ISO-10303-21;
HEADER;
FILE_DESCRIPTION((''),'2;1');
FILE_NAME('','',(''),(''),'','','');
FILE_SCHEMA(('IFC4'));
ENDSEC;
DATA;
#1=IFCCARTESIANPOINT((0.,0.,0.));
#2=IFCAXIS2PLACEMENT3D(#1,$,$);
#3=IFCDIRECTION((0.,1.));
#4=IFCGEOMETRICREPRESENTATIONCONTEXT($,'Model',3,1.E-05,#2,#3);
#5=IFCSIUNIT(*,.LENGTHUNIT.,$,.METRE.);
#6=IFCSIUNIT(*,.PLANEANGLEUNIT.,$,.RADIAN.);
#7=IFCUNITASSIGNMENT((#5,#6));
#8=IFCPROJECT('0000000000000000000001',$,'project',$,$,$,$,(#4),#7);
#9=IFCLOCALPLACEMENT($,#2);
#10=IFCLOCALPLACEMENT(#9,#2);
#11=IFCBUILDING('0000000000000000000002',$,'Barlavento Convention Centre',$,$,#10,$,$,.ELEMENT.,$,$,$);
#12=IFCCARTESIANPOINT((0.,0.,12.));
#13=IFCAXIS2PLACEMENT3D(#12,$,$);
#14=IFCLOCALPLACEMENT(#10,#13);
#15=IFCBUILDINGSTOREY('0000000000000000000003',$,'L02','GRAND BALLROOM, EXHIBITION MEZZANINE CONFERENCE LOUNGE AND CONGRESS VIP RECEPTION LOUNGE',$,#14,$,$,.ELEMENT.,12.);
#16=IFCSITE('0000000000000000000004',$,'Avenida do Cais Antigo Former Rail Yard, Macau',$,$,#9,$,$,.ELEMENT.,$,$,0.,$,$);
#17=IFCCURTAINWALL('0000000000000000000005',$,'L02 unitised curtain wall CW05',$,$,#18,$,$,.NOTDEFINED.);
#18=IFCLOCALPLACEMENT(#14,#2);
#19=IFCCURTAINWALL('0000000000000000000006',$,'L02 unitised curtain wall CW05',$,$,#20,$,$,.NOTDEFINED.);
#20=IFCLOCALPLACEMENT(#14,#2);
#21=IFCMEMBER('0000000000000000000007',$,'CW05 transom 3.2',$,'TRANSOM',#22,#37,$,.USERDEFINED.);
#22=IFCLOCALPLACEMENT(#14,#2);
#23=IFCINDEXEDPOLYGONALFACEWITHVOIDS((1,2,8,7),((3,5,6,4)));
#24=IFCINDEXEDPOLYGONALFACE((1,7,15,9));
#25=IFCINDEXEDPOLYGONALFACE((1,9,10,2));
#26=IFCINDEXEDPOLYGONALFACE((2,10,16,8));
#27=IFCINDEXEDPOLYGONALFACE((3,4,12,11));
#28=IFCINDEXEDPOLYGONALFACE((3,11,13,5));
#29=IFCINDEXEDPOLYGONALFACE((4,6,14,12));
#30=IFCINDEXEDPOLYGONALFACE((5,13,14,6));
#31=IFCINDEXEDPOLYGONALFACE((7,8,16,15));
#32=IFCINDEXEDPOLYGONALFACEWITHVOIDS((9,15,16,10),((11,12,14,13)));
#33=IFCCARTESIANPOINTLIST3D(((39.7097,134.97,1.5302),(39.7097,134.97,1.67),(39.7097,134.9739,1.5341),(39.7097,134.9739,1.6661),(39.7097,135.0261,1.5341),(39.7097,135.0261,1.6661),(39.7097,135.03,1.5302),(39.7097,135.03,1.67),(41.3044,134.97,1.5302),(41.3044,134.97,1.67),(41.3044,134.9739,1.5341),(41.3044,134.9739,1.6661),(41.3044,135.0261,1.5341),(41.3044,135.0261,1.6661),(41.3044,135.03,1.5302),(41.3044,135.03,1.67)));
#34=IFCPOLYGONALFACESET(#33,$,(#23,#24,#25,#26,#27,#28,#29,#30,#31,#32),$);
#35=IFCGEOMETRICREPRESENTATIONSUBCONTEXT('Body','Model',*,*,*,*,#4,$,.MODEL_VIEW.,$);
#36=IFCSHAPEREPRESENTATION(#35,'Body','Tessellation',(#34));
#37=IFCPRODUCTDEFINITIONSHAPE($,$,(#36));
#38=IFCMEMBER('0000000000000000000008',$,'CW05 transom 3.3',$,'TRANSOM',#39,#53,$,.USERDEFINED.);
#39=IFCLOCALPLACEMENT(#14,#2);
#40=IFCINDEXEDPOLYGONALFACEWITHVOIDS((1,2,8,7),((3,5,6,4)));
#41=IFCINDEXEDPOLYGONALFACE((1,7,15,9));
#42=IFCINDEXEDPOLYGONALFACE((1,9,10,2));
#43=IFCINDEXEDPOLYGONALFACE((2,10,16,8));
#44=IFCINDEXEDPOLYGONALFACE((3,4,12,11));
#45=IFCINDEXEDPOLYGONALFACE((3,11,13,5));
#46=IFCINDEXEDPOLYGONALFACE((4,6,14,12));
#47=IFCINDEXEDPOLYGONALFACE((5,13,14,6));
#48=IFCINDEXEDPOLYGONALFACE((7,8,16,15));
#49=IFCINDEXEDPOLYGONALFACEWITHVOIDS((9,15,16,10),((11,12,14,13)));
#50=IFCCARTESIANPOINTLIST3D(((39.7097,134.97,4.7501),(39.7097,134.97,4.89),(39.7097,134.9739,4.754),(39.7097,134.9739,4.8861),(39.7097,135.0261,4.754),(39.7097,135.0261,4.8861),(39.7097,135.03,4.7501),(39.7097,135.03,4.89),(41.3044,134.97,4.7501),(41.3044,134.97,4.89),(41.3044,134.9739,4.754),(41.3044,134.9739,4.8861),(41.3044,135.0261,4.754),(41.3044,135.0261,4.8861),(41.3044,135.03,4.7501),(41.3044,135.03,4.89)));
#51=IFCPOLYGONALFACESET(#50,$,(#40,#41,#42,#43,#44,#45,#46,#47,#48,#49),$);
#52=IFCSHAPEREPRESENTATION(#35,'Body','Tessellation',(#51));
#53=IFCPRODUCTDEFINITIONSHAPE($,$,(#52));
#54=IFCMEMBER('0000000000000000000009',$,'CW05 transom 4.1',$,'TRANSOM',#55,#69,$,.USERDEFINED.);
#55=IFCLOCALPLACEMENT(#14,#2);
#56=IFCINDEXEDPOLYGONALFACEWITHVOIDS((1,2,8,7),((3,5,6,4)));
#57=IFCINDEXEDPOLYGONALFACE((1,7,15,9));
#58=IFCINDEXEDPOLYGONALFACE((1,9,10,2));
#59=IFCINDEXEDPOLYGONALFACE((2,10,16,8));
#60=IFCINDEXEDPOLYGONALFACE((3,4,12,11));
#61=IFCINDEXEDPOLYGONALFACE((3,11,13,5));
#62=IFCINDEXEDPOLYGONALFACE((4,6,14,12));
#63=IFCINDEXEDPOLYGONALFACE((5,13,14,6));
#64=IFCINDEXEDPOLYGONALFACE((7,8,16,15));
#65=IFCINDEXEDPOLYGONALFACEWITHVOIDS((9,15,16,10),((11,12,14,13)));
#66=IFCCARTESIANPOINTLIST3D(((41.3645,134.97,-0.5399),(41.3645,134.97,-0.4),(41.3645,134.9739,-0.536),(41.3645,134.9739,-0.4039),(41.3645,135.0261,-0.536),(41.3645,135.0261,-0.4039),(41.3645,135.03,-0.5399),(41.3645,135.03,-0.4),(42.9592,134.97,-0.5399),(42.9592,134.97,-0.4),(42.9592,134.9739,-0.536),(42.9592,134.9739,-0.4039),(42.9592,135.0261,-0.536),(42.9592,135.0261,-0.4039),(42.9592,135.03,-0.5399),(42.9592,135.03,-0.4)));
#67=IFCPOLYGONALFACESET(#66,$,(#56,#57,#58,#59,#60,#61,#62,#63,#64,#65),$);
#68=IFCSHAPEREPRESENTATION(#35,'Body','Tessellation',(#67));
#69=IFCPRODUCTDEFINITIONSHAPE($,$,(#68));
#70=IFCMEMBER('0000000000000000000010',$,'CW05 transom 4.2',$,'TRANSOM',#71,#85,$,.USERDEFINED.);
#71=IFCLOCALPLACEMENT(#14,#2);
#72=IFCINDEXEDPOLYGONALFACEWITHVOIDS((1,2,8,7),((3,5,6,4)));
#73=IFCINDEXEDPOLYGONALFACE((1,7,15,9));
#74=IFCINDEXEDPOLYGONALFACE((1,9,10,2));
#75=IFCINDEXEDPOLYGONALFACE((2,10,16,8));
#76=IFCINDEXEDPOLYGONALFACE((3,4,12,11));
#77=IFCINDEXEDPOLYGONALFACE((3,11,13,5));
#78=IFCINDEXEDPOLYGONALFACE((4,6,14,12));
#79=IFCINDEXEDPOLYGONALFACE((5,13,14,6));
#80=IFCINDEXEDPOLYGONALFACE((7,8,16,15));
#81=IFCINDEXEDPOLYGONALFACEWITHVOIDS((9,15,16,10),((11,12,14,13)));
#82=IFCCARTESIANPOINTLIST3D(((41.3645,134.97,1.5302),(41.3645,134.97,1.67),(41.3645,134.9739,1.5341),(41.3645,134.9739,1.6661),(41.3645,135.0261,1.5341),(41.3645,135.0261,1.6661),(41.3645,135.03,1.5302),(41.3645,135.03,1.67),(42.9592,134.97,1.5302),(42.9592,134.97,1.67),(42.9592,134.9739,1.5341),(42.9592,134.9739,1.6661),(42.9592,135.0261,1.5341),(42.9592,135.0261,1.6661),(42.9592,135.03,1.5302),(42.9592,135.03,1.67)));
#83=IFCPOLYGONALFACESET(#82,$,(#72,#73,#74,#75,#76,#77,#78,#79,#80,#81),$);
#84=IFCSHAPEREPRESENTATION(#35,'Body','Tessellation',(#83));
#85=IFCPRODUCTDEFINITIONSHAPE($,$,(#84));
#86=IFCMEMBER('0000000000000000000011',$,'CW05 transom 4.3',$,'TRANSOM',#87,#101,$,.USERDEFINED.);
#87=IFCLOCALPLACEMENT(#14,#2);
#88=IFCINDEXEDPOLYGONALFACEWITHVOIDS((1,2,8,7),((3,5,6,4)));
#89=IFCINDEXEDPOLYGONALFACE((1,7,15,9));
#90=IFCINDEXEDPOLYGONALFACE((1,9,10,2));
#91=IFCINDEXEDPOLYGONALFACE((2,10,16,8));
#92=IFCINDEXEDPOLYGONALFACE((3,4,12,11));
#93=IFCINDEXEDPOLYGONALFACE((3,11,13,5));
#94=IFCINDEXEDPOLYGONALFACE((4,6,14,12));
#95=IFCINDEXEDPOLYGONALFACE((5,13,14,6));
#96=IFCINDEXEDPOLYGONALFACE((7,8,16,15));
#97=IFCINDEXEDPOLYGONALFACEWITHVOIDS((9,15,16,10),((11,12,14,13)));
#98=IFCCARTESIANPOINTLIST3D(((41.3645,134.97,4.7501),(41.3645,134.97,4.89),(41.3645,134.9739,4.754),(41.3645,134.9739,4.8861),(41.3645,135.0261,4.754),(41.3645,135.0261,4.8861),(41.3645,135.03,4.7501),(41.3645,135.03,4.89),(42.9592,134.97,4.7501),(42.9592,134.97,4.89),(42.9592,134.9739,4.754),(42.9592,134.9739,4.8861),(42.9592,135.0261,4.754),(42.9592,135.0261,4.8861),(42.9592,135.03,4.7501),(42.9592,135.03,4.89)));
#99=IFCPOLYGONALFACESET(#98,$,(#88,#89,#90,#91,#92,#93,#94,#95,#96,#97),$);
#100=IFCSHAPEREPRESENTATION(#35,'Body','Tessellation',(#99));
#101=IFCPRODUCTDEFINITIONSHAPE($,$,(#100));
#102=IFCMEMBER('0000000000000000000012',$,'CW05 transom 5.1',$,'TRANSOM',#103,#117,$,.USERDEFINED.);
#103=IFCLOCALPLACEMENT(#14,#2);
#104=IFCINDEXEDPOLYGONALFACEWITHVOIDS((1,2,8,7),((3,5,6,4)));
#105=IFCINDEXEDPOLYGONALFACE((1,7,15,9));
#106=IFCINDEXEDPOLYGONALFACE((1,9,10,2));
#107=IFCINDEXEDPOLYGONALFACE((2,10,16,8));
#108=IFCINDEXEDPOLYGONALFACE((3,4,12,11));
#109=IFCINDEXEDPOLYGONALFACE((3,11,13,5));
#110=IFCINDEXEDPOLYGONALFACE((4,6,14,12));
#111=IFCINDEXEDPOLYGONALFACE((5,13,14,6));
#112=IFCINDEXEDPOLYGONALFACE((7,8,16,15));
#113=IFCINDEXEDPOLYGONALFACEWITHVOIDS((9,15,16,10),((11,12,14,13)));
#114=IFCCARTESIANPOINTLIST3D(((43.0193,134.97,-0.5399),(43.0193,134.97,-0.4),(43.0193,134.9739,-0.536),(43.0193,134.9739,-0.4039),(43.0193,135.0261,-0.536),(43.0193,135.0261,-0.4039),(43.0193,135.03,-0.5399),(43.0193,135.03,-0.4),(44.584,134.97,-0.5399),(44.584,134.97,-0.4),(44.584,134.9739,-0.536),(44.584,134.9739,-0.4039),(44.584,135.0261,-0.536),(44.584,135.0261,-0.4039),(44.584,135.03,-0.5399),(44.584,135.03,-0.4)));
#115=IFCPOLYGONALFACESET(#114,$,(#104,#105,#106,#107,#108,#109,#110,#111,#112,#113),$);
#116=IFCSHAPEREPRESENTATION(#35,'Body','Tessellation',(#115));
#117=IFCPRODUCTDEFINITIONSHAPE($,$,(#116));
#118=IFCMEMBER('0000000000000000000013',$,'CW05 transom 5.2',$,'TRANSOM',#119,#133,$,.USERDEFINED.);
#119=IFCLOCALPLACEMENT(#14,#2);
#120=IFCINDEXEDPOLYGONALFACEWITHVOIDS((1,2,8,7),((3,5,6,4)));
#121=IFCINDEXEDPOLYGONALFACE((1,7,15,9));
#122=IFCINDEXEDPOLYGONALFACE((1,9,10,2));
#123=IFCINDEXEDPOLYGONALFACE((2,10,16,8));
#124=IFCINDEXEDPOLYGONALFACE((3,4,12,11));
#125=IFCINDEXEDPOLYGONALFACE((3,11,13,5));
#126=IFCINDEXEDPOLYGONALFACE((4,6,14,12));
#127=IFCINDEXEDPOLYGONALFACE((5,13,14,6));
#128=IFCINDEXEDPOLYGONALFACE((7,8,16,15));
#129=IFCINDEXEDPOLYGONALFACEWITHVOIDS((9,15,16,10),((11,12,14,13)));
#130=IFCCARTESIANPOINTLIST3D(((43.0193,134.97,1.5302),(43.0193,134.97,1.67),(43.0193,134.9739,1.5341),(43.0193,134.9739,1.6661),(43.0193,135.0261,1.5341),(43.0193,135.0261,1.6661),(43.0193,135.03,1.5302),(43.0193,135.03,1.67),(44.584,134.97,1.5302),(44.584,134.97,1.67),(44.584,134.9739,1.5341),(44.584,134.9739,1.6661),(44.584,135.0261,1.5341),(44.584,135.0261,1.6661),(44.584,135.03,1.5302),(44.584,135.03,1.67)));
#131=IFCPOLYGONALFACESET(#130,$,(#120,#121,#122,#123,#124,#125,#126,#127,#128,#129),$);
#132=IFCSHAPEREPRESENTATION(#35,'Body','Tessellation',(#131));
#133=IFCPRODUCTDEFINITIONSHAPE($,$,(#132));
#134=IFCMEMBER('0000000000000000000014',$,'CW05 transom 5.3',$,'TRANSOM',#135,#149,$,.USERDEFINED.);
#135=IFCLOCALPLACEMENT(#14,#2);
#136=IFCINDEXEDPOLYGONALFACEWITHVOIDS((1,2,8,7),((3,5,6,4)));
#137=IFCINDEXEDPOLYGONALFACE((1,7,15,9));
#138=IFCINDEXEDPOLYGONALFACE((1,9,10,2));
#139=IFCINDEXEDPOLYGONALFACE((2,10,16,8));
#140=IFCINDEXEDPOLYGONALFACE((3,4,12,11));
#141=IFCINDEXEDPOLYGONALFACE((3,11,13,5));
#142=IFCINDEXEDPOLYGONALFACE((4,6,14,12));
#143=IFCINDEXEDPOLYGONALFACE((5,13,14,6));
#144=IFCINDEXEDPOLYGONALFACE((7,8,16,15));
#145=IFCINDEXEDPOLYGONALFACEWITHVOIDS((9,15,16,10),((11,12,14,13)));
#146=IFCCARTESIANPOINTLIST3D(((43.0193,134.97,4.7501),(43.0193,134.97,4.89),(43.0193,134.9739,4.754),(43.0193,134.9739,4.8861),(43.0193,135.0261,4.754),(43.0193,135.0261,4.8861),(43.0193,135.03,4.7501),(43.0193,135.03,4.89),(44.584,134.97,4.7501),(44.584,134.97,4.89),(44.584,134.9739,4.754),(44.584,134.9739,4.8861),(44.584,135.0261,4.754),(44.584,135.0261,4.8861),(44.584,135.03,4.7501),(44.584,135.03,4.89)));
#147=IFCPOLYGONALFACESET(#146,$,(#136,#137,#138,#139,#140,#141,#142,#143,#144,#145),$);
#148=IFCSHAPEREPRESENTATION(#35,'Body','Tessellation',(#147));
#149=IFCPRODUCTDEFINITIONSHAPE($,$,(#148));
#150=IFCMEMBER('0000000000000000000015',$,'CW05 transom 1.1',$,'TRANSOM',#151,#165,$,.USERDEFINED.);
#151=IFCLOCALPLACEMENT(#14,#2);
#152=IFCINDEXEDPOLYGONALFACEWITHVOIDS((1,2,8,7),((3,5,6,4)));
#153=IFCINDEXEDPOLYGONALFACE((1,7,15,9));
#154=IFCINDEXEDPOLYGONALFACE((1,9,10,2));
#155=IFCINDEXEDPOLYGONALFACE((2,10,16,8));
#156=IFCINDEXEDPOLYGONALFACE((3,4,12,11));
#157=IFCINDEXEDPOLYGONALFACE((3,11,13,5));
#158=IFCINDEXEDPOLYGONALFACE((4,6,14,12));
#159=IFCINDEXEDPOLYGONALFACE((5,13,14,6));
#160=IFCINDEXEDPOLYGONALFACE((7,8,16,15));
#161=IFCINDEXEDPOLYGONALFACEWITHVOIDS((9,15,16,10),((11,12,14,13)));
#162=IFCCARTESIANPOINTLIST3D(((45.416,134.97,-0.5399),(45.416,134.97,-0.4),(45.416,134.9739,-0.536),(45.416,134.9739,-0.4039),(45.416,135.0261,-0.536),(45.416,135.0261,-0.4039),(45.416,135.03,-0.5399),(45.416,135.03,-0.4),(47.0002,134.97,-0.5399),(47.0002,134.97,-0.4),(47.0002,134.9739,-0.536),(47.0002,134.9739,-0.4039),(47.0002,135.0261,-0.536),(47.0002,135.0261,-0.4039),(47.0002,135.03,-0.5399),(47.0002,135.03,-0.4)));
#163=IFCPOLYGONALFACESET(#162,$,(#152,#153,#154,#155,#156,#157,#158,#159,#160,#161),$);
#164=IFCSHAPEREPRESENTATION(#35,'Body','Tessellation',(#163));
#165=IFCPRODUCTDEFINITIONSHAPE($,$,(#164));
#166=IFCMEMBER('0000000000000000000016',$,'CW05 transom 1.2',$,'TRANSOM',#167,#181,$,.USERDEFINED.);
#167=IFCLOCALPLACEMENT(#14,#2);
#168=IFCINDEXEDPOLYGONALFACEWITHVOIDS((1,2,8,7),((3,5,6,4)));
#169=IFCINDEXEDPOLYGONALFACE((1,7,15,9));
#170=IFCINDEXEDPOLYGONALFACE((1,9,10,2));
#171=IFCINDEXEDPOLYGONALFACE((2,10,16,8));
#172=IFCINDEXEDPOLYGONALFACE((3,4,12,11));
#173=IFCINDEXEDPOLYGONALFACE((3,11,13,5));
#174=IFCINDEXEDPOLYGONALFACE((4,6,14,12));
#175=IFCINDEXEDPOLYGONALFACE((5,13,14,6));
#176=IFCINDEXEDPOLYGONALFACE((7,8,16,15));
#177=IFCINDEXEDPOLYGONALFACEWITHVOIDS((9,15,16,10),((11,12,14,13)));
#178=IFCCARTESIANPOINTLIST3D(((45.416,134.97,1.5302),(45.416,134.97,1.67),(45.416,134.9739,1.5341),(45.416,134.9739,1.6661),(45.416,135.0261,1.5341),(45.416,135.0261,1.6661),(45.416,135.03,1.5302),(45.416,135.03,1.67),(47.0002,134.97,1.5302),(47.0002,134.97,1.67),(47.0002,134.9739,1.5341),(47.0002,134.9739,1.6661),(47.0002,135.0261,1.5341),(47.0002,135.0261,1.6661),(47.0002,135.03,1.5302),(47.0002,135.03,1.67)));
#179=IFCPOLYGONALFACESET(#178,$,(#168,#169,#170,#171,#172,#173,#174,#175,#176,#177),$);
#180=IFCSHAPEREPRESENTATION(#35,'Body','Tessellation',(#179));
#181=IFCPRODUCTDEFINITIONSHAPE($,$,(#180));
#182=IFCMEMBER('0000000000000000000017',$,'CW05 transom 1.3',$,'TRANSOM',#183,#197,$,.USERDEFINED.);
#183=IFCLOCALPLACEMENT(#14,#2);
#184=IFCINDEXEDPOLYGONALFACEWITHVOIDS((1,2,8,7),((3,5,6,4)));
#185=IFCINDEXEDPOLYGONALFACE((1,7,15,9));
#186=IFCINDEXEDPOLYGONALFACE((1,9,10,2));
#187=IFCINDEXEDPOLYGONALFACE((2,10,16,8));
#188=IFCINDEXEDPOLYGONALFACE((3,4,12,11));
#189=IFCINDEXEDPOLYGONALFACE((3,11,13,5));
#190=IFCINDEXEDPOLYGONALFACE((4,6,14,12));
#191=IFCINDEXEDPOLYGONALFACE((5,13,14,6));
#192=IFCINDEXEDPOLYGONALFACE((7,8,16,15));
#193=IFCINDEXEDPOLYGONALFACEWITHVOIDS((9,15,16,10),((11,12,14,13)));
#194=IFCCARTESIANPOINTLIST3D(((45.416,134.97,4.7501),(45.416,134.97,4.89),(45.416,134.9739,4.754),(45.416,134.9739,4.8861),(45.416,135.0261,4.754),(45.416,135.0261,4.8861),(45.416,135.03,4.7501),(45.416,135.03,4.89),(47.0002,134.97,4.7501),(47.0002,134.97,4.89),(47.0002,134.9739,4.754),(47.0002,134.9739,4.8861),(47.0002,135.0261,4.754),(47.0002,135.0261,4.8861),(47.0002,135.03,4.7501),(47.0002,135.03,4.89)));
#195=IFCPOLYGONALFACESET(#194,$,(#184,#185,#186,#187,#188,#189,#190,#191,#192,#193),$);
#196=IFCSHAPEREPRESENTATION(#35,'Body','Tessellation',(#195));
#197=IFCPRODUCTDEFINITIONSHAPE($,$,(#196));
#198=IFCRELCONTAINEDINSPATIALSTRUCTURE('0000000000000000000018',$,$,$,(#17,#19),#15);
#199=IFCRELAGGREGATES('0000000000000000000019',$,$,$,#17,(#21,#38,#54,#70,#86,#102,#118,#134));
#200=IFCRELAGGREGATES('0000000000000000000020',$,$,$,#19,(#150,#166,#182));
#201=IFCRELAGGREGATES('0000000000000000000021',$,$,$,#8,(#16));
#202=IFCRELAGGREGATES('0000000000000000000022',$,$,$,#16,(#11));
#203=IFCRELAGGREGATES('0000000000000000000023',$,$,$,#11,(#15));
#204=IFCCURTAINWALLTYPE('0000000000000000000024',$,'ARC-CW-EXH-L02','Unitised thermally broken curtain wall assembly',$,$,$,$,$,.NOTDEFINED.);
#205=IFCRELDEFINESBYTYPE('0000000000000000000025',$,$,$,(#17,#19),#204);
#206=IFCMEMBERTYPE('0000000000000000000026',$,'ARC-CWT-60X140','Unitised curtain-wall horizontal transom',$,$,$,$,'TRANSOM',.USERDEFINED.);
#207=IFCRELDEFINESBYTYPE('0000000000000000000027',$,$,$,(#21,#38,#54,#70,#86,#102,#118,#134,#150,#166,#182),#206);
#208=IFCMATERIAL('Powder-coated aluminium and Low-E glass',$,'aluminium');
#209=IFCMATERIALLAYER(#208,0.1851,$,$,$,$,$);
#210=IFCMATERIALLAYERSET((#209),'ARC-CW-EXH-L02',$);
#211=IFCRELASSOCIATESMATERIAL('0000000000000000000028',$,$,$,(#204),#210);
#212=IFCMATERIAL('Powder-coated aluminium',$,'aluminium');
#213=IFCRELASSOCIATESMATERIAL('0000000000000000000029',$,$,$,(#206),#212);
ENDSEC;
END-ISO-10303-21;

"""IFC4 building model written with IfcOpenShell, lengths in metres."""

from ifc_helpers import new_model, si_unit, direction, frame, origin, origin_2d, place, context, subcontext, project, spatial, hollow_rectangle, extrude, material, layer, layer_set, material_profile, profile_set, type_object, element, aggregate, save


model = new_model("IFC4")

# Units and contexts
model_context = context("Model", 3, precision=1e-05, world=origin(), true_north=direction((0.0, 1.0)))
body_context = subcontext(model_context, "Body", "Model", "MODEL_VIEW")
ifc_project = project(units=[si_unit("LENGTHUNIT", "METRE"), si_unit("PLANEANGLEUNIT", "RADIAN")], contexts=[model_context])

# Site, building, storey
site_placement = place(None, origin())
site = spatial("IfcSite", under=ifc_project, at=site_placement, Name="Avenida do Cais Antigo Former Rail Yard, Macau", CompositionType="ELEMENT", RefElevation=0.0)
building_placement = place(site_placement, origin())
building = spatial("IfcBuilding", under=site, at=building_placement, Name="Barlavento Convention Centre", CompositionType="ELEMENT")
storey_placement = place(building_placement, frame((0.0, 0.0, 12.0)))
storey = spatial("IfcBuildingStorey", under=building, at=storey_placement, Name="L02", Description="GRAND BALLROOM, EXHIBITION MEZZANINE CONFERENCE LOUNGE AND CONGRESS VIP RECEPTION LOUNGE", CompositionType="ELEMENT", Elevation=12.0)

# Curtain walls
ifc_material_1 = material(Name="Powder-coated aluminium and Low-E glass", Category="aluminium")
ifc_layer_1 = layer(ifc_material_1, 0.1851)
ifc_layer_set_1 = layer_set([ifc_layer_1], Name="ARC-CW-EXH-L02")
curtain_wall_type = type_object("IfcCurtainWallType", Name="ARC-CW-EXH-L02", Description="Unitised thermally broken curtain wall assembly", PredefinedType="NOTDEFINED", material=ifc_layer_set_1)
curtain_wall_1_placement = place(storey_placement, origin())
curtain_wall_1 = element("IfcCurtainWall", 1, at=curtain_wall_1_placement, inside=storey, type_object=curtain_wall_type, Name="L02 unitised curtain wall CW05", PredefinedType="NOTDEFINED")
ifc_material_2 = material(Name="Powder-coated aluminium", Category="aluminium")
curtain_wall_2_placement = place(storey_placement, origin())
curtain_wall_2 = element("IfcCurtainWall", 2, at=curtain_wall_2_placement, inside=storey, type_object=curtain_wall_type, Name="L02 unitised curtain wall CW05", PredefinedType="NOTDEFINED")

# Members
ifc_material_profile_1 = material_profile(ifc_material_2, hollow_rectangle(XDim=0.0601, YDim=0.1399, WallThickness=0.0039, at=origin_2d()), Name="AL-TRAN 60x140x4")
ifc_profile_set_1 = profile_set([ifc_material_profile_1], Name="Powder-coated aluminium")
member_type_1 = type_object("IfcMemberType", Name="ARC-CWT-60X140", Description="Unitised curtain-wall horizontal transom", ElementType="TRANSOM", PredefinedType="USERDEFINED", material=ifc_profile_set_1)
member_1_placement = place(storey_placement, frame((39.7097, 135.0, 1.6001), z_axis=(1.0, 0.0, 0.0), x_axis=(0.0, 1.0, 0.0)))
member_1 = element("IfcMember", 3, at=member_1_placement, type_object=member_type_1, Name="CW05 transom 3.2", ObjectType="TRANSOM", PredefinedType="USERDEFINED", context=body_context, shape_type="SweptSolid", body=[
    extrude(hollow_rectangle(XDim=0.0601, YDim=0.1399, WallThickness=0.0039, at=origin_2d()), origin(), (0.0, 0.0, 1.0), 1.5947),
])
member_2_placement = place(storey_placement, frame((39.7097, 135.0, 4.8201), z_axis=(1.0, 0.0, 0.0), x_axis=(0.0, 1.0, 0.0)))
member_2 = element("IfcMember", 4, at=member_2_placement, type_object=member_type_1, Name="CW05 transom 3.3", ObjectType="TRANSOM", PredefinedType="USERDEFINED", context=body_context, shape_type="SweptSolid", body=[
    extrude(hollow_rectangle(XDim=0.0601, YDim=0.1399, WallThickness=0.0039, at=origin_2d()), origin(), (0.0, 0.0, 1.0), 1.5947),
])
member_3_placement = place(storey_placement, frame((41.3645, 135.0, -0.47), z_axis=(1.0, 0.0, 0.0), x_axis=(0.0, 1.0, 0.0)))
member_3 = element("IfcMember", 5, at=member_3_placement, type_object=member_type_1, Name="CW05 transom 4.1", ObjectType="TRANSOM", PredefinedType="USERDEFINED", context=body_context, shape_type="SweptSolid", body=[
    extrude(hollow_rectangle(XDim=0.0601, YDim=0.1399, WallThickness=0.0039, at=origin_2d()), origin(), (0.0, 0.0, 1.0), 1.5947),
])
member_4_placement = place(storey_placement, frame((41.3645, 135.0, 1.6001), z_axis=(1.0, 0.0, 0.0), x_axis=(0.0, 1.0, 0.0)))
member_4 = element("IfcMember", 6, at=member_4_placement, type_object=member_type_1, Name="CW05 transom 4.2", ObjectType="TRANSOM", PredefinedType="USERDEFINED", context=body_context, shape_type="SweptSolid", body=[
    extrude(hollow_rectangle(XDim=0.0601, YDim=0.1399, WallThickness=0.0039, at=origin_2d()), origin(), (0.0, 0.0, 1.0), 1.5947),
])
member_5_placement = place(storey_placement, frame((41.3645, 135.0, 4.8201), z_axis=(1.0, 0.0, 0.0), x_axis=(0.0, 1.0, 0.0)))
member_5 = element("IfcMember", 7, at=member_5_placement, type_object=member_type_1, Name="CW05 transom 4.3", ObjectType="TRANSOM", PredefinedType="USERDEFINED", context=body_context, shape_type="SweptSolid", body=[
    extrude(hollow_rectangle(XDim=0.0601, YDim=0.1399, WallThickness=0.0039, at=origin_2d()), origin(), (0.0, 0.0, 1.0), 1.5947),
])
member_6_placement = place(storey_placement, frame((43.0193, 135.0, -0.47), z_axis=(1.0, 0.0, 0.0), x_axis=(0.0, 1.0, 0.0)))
member_6 = element("IfcMember", 8, at=member_6_placement, type_object=member_type_1, Name="CW05 transom 5.1", ObjectType="TRANSOM", PredefinedType="USERDEFINED", context=body_context, shape_type="SweptSolid", body=[
    extrude(hollow_rectangle(XDim=0.0601, YDim=0.1399, WallThickness=0.0039, at=origin_2d()), origin(), (0.0, 0.0, 1.0), 1.5647),
])
member_7_placement = place(storey_placement, frame((43.0193, 135.0, 1.6001), z_axis=(1.0, 0.0, 0.0), x_axis=(0.0, 1.0, 0.0)))
member_7 = element("IfcMember", 9, at=member_7_placement, type_object=member_type_1, Name="CW05 transom 5.2", ObjectType="TRANSOM", PredefinedType="USERDEFINED", context=body_context, shape_type="SweptSolid", body=[
    extrude(hollow_rectangle(XDim=0.0601, YDim=0.1399, WallThickness=0.0039, at=origin_2d()), origin(), (0.0, 0.0, 1.0), 1.5647),
])
member_8_placement = place(storey_placement, frame((43.0193, 135.0, 4.8201), z_axis=(1.0, 0.0, 0.0), x_axis=(0.0, 1.0, 0.0)))
member_8 = element("IfcMember", 10, at=member_8_placement, type_object=member_type_1, Name="CW05 transom 5.3", ObjectType="TRANSOM", PredefinedType="USERDEFINED", context=body_context, shape_type="SweptSolid", body=[
    extrude(hollow_rectangle(XDim=0.0601, YDim=0.1399, WallThickness=0.0039, at=origin_2d()), origin(), (0.0, 0.0, 1.0), 1.5647),
])
member_9_placement = place(storey_placement, frame((45.416, 135.0, -0.47), z_axis=(1.0, 0.0, 0.0), x_axis=(0.0, 1.0, 0.0)))
member_9 = element("IfcMember", 11, at=member_9_placement, type_object=member_type_1, Name="CW05 transom 1.1", ObjectType="TRANSOM", PredefinedType="USERDEFINED", context=body_context, shape_type="SweptSolid", body=[
    extrude(hollow_rectangle(XDim=0.0601, YDim=0.1399, WallThickness=0.0039, at=origin_2d()), origin(), (0.0, 0.0, 1.0), 1.5842),
])
member_10_placement = place(storey_placement, frame((45.416, 135.0, 1.6001), z_axis=(1.0, 0.0, 0.0), x_axis=(0.0, 1.0, 0.0)))
member_10 = element("IfcMember", 12, at=member_10_placement, type_object=member_type_1, Name="CW05 transom 1.2", ObjectType="TRANSOM", PredefinedType="USERDEFINED", context=body_context, shape_type="SweptSolid", body=[
    extrude(hollow_rectangle(XDim=0.0601, YDim=0.1399, WallThickness=0.0039, at=origin_2d()), origin(), (0.0, 0.0, 1.0), 1.5842),
])
member_11_placement = place(storey_placement, frame((45.416, 135.0, 4.8201), z_axis=(1.0, 0.0, 0.0), x_axis=(0.0, 1.0, 0.0)))
member_11 = element("IfcMember", 13, at=member_11_placement, type_object=member_type_1, Name="CW05 transom 1.3", ObjectType="TRANSOM", PredefinedType="USERDEFINED", context=body_context, shape_type="SweptSolid", body=[
    extrude(hollow_rectangle(XDim=0.0601, YDim=0.1399, WallThickness=0.0039, at=origin_2d()), origin(), (0.0, 0.0, 1.0), 1.5842),
])

aggregate(curtain_wall_1, [member_1, member_2, member_3, member_4, member_5, member_6, member_7, member_8])
aggregate(curtain_wall_2, [member_9, member_10, member_11])

save(model, "model.ifc")
